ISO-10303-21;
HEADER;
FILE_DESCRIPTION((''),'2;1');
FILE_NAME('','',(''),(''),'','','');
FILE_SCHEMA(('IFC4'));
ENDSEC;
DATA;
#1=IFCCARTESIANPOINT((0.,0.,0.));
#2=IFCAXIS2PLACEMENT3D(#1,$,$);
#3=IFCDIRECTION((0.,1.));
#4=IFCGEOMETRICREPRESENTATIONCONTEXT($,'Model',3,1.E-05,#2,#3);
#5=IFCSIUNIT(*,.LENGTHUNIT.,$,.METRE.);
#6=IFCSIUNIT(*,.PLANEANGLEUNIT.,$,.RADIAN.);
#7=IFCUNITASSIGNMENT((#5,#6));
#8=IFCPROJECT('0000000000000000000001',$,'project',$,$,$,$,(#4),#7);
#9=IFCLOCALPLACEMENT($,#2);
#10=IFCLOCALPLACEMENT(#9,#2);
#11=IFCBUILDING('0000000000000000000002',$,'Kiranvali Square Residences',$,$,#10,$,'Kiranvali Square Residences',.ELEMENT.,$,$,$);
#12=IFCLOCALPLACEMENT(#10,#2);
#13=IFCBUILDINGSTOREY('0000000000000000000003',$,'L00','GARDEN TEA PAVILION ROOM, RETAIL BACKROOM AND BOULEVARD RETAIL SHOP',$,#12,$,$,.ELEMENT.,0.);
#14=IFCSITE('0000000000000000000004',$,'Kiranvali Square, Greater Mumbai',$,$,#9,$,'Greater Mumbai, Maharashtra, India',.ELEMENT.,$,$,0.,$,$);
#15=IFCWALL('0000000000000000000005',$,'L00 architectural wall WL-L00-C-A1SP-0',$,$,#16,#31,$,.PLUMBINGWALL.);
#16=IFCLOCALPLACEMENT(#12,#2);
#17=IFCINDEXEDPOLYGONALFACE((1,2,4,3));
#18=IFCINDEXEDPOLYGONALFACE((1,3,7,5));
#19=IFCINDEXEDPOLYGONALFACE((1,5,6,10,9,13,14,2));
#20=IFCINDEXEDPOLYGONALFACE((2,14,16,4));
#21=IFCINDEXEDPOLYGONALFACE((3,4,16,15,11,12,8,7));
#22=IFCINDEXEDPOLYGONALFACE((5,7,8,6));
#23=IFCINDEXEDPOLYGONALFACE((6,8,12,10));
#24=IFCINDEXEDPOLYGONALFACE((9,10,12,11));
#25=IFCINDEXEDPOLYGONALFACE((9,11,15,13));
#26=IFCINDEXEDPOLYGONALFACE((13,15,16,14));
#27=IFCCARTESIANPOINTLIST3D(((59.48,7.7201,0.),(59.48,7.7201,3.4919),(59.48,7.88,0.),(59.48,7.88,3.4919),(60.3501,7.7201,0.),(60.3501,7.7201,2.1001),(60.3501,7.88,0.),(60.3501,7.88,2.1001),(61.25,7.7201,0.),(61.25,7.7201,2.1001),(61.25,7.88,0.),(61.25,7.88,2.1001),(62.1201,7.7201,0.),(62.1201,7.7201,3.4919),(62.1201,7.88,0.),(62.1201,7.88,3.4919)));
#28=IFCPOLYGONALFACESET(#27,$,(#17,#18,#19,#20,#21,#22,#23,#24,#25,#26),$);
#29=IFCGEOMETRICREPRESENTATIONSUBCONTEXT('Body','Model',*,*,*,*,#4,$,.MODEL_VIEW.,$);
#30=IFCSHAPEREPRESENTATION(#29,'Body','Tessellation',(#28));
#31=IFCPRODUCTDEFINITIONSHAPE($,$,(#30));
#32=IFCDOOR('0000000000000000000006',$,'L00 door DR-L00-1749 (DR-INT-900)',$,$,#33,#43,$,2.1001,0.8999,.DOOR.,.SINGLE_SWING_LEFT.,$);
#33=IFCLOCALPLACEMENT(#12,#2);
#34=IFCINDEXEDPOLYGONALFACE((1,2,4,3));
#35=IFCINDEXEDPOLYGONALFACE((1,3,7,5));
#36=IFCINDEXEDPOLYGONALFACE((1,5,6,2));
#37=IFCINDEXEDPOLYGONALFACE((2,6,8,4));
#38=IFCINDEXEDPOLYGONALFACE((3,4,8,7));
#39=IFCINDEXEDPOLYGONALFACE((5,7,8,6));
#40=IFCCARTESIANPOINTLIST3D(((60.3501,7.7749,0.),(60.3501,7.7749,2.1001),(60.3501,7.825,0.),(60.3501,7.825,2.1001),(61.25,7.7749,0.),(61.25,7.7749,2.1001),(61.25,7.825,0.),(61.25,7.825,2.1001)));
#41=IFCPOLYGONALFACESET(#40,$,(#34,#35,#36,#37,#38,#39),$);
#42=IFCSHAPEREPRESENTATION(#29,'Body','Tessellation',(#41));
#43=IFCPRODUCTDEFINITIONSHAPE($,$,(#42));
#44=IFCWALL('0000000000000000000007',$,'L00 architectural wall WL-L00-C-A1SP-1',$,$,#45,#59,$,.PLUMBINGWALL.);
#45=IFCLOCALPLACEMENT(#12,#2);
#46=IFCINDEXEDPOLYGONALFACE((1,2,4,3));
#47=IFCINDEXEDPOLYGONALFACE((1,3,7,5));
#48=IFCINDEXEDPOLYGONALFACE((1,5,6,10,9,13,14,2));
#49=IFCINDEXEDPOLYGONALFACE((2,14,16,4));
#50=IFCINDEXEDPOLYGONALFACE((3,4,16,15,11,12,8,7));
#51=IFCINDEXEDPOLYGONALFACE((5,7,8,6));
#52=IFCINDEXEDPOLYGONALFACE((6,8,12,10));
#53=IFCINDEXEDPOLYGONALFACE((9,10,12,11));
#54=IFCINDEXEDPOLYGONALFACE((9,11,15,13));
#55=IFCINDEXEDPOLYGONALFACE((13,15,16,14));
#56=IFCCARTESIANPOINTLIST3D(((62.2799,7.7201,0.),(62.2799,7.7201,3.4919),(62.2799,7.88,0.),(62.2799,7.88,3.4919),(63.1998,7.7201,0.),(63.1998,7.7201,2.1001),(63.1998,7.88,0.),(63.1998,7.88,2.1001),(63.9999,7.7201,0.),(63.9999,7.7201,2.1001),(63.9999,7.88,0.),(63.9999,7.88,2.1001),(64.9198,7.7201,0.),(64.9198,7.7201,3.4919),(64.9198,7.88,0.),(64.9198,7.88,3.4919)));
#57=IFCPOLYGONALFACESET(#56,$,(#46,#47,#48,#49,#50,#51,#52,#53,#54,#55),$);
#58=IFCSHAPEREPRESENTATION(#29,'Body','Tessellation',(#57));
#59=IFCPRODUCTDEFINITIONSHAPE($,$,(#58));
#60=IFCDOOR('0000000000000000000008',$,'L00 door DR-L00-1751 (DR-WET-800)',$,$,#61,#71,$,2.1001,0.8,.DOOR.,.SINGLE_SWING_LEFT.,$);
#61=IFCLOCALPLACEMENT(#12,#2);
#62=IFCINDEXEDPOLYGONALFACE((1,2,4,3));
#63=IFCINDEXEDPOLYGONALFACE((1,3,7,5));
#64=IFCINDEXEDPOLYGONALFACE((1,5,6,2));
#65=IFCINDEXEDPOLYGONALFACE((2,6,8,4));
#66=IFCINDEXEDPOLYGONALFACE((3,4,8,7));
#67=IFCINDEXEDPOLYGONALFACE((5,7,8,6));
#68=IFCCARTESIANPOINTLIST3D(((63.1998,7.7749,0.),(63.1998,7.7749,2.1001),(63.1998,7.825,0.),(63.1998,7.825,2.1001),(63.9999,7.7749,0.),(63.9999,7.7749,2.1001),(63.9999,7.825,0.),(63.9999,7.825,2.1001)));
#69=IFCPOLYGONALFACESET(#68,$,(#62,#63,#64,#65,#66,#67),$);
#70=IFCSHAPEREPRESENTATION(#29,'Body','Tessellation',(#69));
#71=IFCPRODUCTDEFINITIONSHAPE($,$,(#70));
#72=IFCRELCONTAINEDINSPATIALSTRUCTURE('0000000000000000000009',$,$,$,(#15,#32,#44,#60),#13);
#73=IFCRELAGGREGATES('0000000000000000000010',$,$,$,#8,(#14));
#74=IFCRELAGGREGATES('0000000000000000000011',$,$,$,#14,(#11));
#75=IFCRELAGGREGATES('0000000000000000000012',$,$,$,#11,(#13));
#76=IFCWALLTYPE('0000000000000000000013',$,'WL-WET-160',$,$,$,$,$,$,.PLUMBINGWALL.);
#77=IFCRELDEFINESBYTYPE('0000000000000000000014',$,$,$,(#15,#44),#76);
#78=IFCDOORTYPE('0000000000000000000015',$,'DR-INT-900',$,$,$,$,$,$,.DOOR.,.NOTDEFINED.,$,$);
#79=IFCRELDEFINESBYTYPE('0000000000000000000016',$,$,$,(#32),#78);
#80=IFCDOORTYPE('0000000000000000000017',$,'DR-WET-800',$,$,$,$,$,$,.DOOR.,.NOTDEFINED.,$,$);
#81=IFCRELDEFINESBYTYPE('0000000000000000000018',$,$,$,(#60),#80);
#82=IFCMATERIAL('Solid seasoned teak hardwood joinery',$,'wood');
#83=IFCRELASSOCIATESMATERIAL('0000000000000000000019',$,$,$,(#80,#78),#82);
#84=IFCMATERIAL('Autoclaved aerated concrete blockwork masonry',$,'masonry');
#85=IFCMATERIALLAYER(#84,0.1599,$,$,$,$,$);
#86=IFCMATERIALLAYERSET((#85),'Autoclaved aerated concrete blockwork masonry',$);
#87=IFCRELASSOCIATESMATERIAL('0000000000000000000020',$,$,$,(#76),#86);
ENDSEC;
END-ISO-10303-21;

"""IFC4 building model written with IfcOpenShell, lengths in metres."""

from ifc_helpers import new_model, si_unit, direction, frame, frame_2d, origin, place, context, subcontext, project, spatial, rectangle, extrude, material, layer, layer_set, type_object, element, fill, save


model = new_model("IFC4")

# Units and contexts
model_context = context("Model", 3, precision=1e-05, world=origin(), true_north=direction((0.0, 1.0)))
body_context = subcontext(model_context, "Body", "Model", "MODEL_VIEW")
ifc_project = project(units=[si_unit("LENGTHUNIT", "METRE"), si_unit("PLANEANGLEUNIT", "RADIAN")], contexts=[model_context])

# Site, building, storey
site_placement = place(None, origin())
site = spatial("IfcSite", under=ifc_project, at=site_placement, Name="Kiranvali Square, Greater Mumbai", LongName="Greater Mumbai, Maharashtra, India", CompositionType="ELEMENT", RefElevation=0.0)
building_placement = place(site_placement, origin())
building = spatial("IfcBuilding", under=site, at=building_placement, Name="Kiranvali Square Residences", LongName="Kiranvali Square Residences", CompositionType="ELEMENT")
storey_placement = place(building_placement, origin())
storey = spatial("IfcBuildingStorey", under=building, at=storey_placement, Name="L00", Description="GARDEN TEA PAVILION ROOM, RETAIL BACKROOM AND BOULEVARD RETAIL SHOP", CompositionType="ELEMENT", Elevation=0.0)

# Walls, openings, doors
ifc_material_1 = material(Name="Solid seasoned teak hardwood joinery", Category="wood")
door_type_1 = type_object("IfcDoorType", Name="DR-WET-800", OperationType="NOTDEFINED", PredefinedType="DOOR", material=ifc_material_1)
ifc_material_2 = material(Name="Autoclaved aerated concrete blockwork masonry", Category="masonry")
ifc_layer_1 = layer(ifc_material_2, 0.1599)
ifc_layer_set_1 = layer_set([ifc_layer_1], Name="Autoclaved aerated concrete blockwork masonry")
wall_type_1 = type_object("IfcWallType", Name="WL-WET-160", PredefinedType="PLUMBINGWALL", material=ifc_layer_set_1)
wall_1_placement = place(storey_placement, frame((59.48, 7.8, 0.0), z_axis=(0.0, 0.0, 1.0), x_axis=(1.0, 0.0, 0.0)))
wall_1 = element("IfcWall", 1, at=wall_1_placement, inside=storey, type_object=wall_type_1, Name="L00 architectural wall WL-L00-C-A1SP-0", PredefinedType="PLUMBINGWALL", context=body_context, shape_type="SweptSolid", body=[
    extrude(rectangle(XDim=2.6401, YDim=0.1599, at=frame_2d((1.3201, 0.0))), origin(), (0.0, 0.0, 1.0), 3.4919),
])
opening_1_placement = place(wall_1_placement, frame((0.8701, 0.0, 0.0)))
opening_1 = element("IfcOpeningElement", 2, at=opening_1_placement, cuts=wall_1, PredefinedType="OPENING", context=body_context, shape_type="SweptSolid", body=[
    extrude(rectangle(XDim=0.8999, YDim=2.1001, at=frame_2d((0.45, 1.05))), frame((0.0, 0.0898, 0.0), z_axis=(0.0, -1.0, 0.0), x_axis=(1.0, 0.0, 0.0)), (0.0, 0.0, 1.0), 0.1799),
])
door_type_2 = type_object("IfcDoorType", Name="DR-INT-900", OperationType="NOTDEFINED", PredefinedType="DOOR", material=ifc_material_1)
door_1_placement = place(opening_1_placement, origin())
door_1 = element("IfcDoor", 3, at=door_1_placement, inside=storey, type_object=door_type_2, Name="L00 door DR-L00-1749 (DR-INT-900)", OperationType="SINGLE_SWING_LEFT", OverallHeight=2.1001, OverallWidth=0.8999, PredefinedType="DOOR", context=body_context, shape_type="SweptSolid", body=[
    extrude(rectangle(XDim=0.8999, YDim=2.1001, at=frame_2d((0.45, 1.05))), frame((0.0, 0.0249, 0.0), z_axis=(0.0, -1.0, 0.0), x_axis=(1.0, 0.0, 0.0)), (0.0, 0.0, 1.0), 0.05),
])
fill(opening_1, door_1)
wall_2_placement = place(storey_placement, frame((62.28, 7.8, 0.0), z_axis=(0.0, 0.0, 1.0), x_axis=(1.0, 0.0, 0.0)))
wall_2 = element("IfcWall", 4, at=wall_2_placement, inside=storey, type_object=wall_type_1, Name="L00 architectural wall WL-L00-C-A1SP-1", PredefinedType="PLUMBINGWALL", context=body_context, shape_type="SweptSolid", body=[
    extrude(rectangle(XDim=2.6399, YDim=0.1599, at=frame_2d((1.3198, 0.0))), origin(), (0.0, 0.0, 1.0), 3.4919),
])
opening_2_placement = place(wall_2_placement, frame((0.9199, 0.0, 0.0)))
opening_2 = element("IfcOpeningElement", 5, at=opening_2_placement, cuts=wall_2, PredefinedType="OPENING", context=body_context, shape_type="SweptSolid", body=[
    extrude(rectangle(XDim=0.8, YDim=2.1001, at=frame_2d((0.3999, 1.05))), frame((0.0, 0.0898, 0.0), z_axis=(0.0, -1.0, 0.0), x_axis=(1.0, 0.0, 0.0)), (0.0, 0.0, 1.0), 0.1799),
])
door_2_placement = place(opening_2_placement, origin())
door_2 = element("IfcDoor", 6, at=door_2_placement, inside=storey, type_object=door_type_1, Name="L00 door DR-L00-1751 (DR-WET-800)", OperationType="SINGLE_SWING_LEFT", OverallHeight=2.1001, OverallWidth=0.8, PredefinedType="DOOR", context=body_context, shape_type="SweptSolid", body=[
    extrude(rectangle(XDim=0.8, YDim=2.1001, at=frame_2d((0.3999, 1.05))), frame((0.0, 0.0249, 0.0), z_axis=(0.0, -1.0, 0.0), x_axis=(1.0, 0.0, 0.0)), (0.0, 0.0, 1.0), 0.05),
])
fill(opening_2, door_2)

save(model, "model.ifc")
